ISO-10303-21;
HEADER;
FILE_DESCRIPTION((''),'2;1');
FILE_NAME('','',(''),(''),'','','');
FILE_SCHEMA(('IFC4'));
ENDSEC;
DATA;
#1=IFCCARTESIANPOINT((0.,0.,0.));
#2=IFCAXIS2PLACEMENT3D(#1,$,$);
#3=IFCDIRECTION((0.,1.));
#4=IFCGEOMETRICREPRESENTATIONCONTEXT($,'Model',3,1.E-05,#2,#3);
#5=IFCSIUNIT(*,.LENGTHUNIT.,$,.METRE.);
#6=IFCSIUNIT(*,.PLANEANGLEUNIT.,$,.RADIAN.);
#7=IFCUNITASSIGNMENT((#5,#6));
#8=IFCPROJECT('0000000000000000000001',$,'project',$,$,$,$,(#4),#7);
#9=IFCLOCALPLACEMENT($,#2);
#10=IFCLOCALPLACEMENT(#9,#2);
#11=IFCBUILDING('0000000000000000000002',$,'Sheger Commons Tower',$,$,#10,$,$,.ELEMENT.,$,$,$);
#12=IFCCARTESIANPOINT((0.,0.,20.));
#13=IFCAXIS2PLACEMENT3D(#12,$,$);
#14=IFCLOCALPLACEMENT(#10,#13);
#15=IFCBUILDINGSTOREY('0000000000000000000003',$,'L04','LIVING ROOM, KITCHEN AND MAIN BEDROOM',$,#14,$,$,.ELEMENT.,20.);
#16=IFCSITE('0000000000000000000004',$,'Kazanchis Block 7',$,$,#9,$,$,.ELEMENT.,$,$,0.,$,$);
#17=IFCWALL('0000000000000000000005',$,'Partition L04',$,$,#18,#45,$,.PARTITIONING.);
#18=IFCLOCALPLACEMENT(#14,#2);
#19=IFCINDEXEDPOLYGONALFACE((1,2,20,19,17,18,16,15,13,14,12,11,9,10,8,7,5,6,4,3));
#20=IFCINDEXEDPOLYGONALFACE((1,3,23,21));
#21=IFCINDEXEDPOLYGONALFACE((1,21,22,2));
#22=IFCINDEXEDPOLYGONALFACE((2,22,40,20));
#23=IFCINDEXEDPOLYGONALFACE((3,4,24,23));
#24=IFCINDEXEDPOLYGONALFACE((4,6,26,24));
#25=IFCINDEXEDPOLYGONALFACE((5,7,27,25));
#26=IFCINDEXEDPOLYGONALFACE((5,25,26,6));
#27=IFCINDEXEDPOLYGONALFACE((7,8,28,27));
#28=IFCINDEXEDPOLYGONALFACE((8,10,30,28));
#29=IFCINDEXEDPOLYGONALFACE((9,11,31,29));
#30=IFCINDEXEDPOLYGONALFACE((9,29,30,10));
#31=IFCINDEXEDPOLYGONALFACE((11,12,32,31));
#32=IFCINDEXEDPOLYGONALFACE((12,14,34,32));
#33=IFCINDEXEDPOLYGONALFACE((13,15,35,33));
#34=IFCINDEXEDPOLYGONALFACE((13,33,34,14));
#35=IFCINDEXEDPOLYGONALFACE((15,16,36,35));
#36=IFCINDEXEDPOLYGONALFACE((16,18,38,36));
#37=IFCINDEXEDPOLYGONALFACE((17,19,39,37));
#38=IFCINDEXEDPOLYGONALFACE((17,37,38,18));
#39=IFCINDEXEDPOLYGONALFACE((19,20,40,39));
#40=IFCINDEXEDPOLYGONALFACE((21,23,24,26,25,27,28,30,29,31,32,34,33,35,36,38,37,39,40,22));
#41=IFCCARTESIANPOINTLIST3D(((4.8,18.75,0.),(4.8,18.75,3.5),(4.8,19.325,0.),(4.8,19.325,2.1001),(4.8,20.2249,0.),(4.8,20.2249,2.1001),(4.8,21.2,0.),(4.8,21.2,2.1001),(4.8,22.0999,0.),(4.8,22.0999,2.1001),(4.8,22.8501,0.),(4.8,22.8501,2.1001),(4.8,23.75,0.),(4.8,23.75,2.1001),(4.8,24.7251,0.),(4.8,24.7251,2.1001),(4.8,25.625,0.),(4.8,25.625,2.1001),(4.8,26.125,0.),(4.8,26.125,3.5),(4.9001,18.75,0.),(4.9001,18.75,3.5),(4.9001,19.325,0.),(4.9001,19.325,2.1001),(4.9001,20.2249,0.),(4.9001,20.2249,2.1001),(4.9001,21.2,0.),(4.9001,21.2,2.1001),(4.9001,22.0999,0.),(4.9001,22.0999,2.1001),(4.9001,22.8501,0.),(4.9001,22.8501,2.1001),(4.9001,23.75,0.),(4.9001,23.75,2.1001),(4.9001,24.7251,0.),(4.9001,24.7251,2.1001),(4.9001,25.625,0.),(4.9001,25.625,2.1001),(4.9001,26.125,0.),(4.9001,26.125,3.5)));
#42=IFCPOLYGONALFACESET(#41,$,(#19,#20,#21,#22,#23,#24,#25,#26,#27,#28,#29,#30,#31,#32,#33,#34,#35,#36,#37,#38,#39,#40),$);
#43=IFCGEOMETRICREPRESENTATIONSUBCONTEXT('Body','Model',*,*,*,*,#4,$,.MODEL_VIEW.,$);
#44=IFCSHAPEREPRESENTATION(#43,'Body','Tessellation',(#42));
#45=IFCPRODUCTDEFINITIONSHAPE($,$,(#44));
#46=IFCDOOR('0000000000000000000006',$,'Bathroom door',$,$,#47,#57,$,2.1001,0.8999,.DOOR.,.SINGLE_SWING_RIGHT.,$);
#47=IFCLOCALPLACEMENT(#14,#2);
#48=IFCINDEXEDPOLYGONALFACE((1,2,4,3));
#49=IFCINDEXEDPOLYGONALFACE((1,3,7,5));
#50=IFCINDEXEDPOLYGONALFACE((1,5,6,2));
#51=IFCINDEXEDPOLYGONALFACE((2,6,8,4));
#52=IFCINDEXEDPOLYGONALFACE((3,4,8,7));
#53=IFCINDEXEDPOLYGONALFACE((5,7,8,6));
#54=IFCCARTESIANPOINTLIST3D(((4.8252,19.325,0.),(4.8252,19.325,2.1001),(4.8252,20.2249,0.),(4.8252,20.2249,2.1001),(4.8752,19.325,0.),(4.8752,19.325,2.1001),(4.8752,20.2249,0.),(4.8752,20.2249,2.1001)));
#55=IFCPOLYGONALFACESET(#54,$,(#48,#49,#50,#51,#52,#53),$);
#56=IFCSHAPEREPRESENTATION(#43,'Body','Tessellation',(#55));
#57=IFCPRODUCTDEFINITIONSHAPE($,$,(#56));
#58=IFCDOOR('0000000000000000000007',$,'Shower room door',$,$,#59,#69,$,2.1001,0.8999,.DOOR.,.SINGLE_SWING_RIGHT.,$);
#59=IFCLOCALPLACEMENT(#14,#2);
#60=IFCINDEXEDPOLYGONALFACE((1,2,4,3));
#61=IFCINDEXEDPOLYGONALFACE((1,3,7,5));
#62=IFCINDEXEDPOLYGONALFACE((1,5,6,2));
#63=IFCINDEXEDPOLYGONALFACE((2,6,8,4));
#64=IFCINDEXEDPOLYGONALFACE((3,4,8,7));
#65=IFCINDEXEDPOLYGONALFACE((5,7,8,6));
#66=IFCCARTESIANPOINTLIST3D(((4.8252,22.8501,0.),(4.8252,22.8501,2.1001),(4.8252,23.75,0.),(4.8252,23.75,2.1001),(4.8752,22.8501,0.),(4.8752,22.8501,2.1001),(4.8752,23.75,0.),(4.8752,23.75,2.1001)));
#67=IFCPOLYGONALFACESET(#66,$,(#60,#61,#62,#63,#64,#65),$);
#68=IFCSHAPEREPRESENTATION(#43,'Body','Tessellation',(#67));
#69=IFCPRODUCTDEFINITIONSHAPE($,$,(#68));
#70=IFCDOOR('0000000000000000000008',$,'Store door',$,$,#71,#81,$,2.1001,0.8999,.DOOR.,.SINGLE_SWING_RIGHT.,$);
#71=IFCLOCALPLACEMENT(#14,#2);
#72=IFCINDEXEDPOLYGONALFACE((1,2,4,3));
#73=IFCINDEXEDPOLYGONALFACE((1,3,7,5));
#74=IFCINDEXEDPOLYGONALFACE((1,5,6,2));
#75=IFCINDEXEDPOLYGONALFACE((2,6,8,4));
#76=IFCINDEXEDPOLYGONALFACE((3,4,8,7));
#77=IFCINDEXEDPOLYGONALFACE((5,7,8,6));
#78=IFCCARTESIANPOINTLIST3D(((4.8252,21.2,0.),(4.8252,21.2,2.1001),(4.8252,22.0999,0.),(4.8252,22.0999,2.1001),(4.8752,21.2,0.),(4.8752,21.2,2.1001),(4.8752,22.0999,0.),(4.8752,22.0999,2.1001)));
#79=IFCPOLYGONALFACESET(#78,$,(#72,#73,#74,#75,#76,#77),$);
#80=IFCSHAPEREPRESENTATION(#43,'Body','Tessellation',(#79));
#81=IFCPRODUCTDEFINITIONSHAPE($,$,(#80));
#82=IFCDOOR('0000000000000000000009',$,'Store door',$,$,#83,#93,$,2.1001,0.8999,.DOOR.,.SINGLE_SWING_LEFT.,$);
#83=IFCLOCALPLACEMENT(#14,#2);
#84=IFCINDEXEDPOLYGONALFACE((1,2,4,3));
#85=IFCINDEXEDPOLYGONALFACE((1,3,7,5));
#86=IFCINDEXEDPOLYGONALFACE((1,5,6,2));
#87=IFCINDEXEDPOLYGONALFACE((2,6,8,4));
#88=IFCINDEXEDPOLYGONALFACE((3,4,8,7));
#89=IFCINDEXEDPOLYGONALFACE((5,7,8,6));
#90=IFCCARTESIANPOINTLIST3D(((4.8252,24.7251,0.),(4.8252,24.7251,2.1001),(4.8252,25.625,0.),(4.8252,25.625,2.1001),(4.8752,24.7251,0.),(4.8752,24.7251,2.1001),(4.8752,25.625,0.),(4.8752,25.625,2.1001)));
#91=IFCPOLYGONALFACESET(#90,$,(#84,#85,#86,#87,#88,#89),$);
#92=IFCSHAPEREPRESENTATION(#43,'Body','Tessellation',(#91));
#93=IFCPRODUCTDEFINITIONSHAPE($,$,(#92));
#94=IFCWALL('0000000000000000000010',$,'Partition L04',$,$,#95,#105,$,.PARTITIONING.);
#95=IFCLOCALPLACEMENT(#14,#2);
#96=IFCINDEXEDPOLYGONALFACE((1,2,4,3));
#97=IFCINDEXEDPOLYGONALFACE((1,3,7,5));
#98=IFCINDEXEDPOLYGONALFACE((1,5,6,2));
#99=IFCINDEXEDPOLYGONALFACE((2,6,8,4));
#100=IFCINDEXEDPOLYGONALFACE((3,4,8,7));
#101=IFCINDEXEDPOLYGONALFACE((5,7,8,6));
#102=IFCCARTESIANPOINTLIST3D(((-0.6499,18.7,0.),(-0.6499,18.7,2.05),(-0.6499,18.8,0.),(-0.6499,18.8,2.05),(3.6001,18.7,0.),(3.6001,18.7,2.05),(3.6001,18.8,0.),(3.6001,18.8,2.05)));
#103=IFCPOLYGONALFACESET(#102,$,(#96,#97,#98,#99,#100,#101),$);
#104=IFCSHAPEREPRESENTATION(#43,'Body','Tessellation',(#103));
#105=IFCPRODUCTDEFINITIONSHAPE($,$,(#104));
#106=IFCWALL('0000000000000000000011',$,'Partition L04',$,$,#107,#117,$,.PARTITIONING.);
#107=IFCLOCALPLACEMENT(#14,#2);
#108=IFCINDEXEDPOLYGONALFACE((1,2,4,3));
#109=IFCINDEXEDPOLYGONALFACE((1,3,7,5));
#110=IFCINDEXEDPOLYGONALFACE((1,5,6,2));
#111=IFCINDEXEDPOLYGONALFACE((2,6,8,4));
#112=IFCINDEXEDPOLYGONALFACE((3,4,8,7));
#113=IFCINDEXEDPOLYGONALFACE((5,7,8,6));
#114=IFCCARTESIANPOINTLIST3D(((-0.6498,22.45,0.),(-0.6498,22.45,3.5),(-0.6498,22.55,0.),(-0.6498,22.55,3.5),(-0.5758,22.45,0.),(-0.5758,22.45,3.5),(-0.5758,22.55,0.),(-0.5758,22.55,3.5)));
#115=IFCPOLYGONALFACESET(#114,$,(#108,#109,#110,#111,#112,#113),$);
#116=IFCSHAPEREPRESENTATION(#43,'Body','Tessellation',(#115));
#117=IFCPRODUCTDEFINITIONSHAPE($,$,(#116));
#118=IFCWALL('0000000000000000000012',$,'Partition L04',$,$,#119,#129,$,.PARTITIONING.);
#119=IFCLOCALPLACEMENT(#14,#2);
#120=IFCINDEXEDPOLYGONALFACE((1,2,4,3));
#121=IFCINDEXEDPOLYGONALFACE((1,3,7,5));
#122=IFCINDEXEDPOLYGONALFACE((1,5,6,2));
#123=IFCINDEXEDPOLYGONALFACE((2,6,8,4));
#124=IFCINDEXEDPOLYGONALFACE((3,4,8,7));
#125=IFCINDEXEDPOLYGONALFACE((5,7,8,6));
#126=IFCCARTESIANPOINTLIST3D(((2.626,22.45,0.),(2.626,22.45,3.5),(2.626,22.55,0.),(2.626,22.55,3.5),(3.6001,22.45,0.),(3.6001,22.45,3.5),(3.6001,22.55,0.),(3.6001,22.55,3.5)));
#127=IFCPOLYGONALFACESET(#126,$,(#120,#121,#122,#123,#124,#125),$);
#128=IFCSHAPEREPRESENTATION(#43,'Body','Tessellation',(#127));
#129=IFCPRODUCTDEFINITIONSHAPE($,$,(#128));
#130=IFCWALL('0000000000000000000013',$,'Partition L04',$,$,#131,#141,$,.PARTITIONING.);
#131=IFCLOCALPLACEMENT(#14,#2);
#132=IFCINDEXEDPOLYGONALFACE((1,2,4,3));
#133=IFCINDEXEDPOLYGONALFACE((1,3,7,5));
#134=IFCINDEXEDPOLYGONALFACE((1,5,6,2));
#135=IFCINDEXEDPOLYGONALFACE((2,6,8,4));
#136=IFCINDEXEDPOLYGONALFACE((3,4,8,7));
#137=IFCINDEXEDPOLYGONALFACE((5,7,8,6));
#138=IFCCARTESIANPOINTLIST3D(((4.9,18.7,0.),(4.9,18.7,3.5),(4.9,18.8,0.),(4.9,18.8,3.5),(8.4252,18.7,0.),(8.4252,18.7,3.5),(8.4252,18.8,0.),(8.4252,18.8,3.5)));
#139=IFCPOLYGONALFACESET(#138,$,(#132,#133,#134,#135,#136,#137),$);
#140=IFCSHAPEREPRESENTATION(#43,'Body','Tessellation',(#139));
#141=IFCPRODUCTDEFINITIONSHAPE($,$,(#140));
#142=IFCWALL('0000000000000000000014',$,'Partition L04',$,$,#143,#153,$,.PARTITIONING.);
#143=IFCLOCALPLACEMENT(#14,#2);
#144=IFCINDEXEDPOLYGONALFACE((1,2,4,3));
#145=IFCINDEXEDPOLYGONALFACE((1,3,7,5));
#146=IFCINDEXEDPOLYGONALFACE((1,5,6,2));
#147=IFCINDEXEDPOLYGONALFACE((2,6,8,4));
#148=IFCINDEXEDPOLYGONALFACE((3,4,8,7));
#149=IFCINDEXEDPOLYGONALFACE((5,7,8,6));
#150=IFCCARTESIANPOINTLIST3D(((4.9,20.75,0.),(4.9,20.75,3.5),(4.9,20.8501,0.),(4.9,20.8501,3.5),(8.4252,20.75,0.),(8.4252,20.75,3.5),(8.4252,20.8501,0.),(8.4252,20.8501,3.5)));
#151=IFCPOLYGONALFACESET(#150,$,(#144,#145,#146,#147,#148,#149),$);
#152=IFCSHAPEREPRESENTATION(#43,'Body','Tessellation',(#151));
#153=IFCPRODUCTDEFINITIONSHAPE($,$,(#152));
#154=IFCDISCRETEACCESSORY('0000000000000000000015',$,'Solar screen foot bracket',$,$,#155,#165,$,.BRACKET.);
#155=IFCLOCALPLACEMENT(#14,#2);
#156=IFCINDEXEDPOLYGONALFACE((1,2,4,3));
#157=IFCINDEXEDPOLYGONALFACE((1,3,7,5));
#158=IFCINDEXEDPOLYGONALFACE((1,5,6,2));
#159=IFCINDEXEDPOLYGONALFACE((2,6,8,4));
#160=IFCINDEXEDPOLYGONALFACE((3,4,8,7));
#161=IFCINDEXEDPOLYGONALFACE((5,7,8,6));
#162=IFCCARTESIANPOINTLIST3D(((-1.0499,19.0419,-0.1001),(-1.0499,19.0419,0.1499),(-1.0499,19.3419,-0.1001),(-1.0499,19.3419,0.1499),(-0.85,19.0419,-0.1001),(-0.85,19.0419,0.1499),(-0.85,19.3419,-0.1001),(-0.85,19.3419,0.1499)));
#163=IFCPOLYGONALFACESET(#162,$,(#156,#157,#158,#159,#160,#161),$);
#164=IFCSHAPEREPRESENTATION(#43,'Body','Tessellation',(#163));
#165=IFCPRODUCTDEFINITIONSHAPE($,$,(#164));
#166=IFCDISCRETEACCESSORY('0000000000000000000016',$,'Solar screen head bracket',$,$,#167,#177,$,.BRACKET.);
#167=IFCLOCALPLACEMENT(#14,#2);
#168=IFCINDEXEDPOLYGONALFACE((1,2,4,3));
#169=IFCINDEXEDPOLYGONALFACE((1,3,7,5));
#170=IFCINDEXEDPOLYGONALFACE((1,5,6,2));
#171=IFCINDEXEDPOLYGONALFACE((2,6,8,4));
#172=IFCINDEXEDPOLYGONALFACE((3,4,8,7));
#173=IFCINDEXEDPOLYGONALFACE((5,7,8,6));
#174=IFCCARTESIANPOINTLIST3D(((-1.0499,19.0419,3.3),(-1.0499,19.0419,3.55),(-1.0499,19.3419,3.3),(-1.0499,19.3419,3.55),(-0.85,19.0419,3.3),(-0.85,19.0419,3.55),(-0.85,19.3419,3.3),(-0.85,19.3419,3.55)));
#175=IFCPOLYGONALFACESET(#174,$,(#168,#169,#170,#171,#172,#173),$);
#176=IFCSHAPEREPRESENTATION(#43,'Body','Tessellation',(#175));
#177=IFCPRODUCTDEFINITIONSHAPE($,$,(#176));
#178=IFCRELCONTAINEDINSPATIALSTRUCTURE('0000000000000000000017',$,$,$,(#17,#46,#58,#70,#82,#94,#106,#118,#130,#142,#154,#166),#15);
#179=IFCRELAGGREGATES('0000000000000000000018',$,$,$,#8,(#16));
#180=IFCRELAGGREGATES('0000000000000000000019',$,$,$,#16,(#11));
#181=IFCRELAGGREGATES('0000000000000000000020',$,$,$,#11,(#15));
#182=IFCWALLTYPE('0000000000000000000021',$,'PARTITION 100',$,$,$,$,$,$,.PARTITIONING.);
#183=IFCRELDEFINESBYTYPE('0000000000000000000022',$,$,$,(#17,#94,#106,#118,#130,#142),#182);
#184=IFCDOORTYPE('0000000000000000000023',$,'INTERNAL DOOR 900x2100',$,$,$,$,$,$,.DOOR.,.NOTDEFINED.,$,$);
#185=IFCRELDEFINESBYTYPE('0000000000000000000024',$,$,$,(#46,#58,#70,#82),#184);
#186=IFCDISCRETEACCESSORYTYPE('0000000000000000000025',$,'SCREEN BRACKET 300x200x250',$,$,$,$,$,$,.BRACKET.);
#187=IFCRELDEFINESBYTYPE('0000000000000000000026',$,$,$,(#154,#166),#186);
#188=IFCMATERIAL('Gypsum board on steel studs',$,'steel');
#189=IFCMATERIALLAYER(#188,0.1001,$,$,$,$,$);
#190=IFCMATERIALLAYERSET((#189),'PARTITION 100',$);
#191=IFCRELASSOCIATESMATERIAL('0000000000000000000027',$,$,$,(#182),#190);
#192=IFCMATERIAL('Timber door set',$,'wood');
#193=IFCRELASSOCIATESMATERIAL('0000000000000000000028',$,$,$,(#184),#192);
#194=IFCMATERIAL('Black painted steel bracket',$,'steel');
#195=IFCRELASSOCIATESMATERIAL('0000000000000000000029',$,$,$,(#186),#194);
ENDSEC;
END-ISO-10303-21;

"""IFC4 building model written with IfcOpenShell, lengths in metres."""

from ifc_helpers import new_model, si_unit, direction, frame, frame_2d, origin, origin_2d, place, context, subcontext, project, spatial, rectangle, extrude, material, layer, layer_set, type_object, element, fill, save


model = new_model("IFC4")

# Units and contexts
model_context = context("Model", 3, precision=1e-05, world=origin(), true_north=direction((0.0, 1.0)))
body_context = subcontext(model_context, "Body", "Model", "MODEL_VIEW")
ifc_project = project(units=[si_unit("LENGTHUNIT", "METRE"), si_unit("PLANEANGLEUNIT", "RADIAN")], contexts=[model_context])

# Site, building, storey
site_placement = place(None, origin())
site = spatial("IfcSite", under=ifc_project, at=site_placement, Name="Kazanchis Block 7", CompositionType="ELEMENT", RefElevation=0.0)
building_placement = place(site_placement, origin())
building = spatial("IfcBuilding", under=site, at=building_placement, Name="Sheger Commons Tower", CompositionType="ELEMENT")
storey_placement = place(building_placement, frame((0.0, 0.0, 20.0)))
storey = spatial("IfcBuildingStorey", under=building, at=storey_placement, Name="L04", Description="LIVING ROOM, KITCHEN AND MAIN BEDROOM", CompositionType="ELEMENT", Elevation=20.0)

# Wall, openings, doors
ifc_material_1 = material(Name="Gypsum board on steel studs", Category="steel")
ifc_layer_1 = layer(ifc_material_1, 0.1001)
ifc_layer_set_1 = layer_set([ifc_layer_1], Name="PARTITION 100")
wall_type = type_object("IfcWallType", Name="PARTITION 100", PredefinedType="PARTITIONING", material=ifc_layer_set_1)
ifc_material_2 = material(Name="Timber door set", Category="wood")
door_type = type_object("IfcDoorType", Name="INTERNAL DOOR 900x2100", OperationType="NOTDEFINED", PredefinedType="DOOR", material=ifc_material_2)
wall_1_placement = place(storey_placement, frame((4.8501, 18.75, 0.0), z_axis=(0.0, 0.0, 1.0), x_axis=(0.0, 1.0, 0.0)))
wall_1 = element("IfcWall", 1, at=wall_1_placement, inside=storey, type_object=wall_type, Name="Partition L04", PredefinedType="PARTITIONING", context=body_context, shape_type="SweptSolid", body=[
    extrude(rectangle(XDim=7.375, YDim=0.1001, at=frame_2d((3.6875, 0.0))), origin(), (0.0, 0.0, 1.0), 3.5),
])
opening_1_placement = place(wall_1_placement, frame((0.575, 0.0, 0.0)))
opening_1 = element("IfcOpeningElement", 2, at=opening_1_placement, cuts=wall_1, PredefinedType="OPENING", context=body_context, shape_type="SweptSolid", body=[
    extrude(rectangle(XDim=0.8999, YDim=2.1001, at=frame_2d((0.45, 1.05))), frame((0.0, 0.0601, 0.0), z_axis=(0.0, -1.0, 0.0), x_axis=(1.0, 0.0, 0.0)), (0.0, 0.0, 1.0), 0.1201),
])
opening_2_placement = place(wall_1_placement, frame((4.1001, 0.0, 0.0)))
opening_2 = element("IfcOpeningElement", 3, at=opening_2_placement, cuts=wall_1, PredefinedType="OPENING", context=body_context, shape_type="SweptSolid", body=[
    extrude(rectangle(XDim=0.8999, YDim=2.1001, at=frame_2d((0.45, 1.05))), frame((0.0, 0.0601, 0.0), z_axis=(0.0, -1.0, 0.0), x_axis=(1.0, 0.0, 0.0)), (0.0, 0.0, 1.0), 0.1201),
])
opening_3_placement = place(wall_1_placement, frame((2.45, 0.0, 0.0)))
opening_3 = element("IfcOpeningElement", 4, at=opening_3_placement, cuts=wall_1, PredefinedType="OPENING", context=body_context, shape_type="SweptSolid", body=[
    extrude(rectangle(XDim=0.8999, YDim=2.1001, at=frame_2d((0.45, 1.05))), frame((0.0, 0.0601, 0.0), z_axis=(0.0, -1.0, 0.0), x_axis=(1.0, 0.0, 0.0)), (0.0, 0.0, 1.0), 0.1201),
])
opening_4_placement = place(wall_1_placement, frame((5.9751, 0.0, 0.0)))
opening_4 = element("IfcOpeningElement", 5, at=opening_4_placement, cuts=wall_1, PredefinedType="OPENING", context=body_context, shape_type="SweptSolid", body=[
    extrude(rectangle(XDim=0.8999, YDim=2.1001, at=frame_2d((0.45, 1.05))), frame((0.0, 0.0601, 0.0), z_axis=(0.0, -1.0, 0.0), x_axis=(1.0, 0.0, 0.0)), (0.0, 0.0, 1.0), 0.1201),
])
door_1_placement = place(opening_1_placement, origin())
door_1 = element("IfcDoor", 6, at=door_1_placement, inside=storey, type_object=door_type, Name="Bathroom door", OperationType="SINGLE_SWING_RIGHT", OverallHeight=2.1001, OverallWidth=0.8999, PredefinedType="DOOR", context=body_context, shape_type="SweptSolid", body=[
    extrude(rectangle(XDim=0.8999, YDim=2.1001, at=frame_2d((0.45, 1.05))), frame((0.0, 0.0249, 0.0), z_axis=(0.0, -1.0, 0.0), x_axis=(1.0, 0.0, 0.0)), (0.0, 0.0, 1.0), 0.05),
])
fill(opening_1, door_1)
door_2_placement = place(opening_2_placement, origin())
door_2 = element("IfcDoor", 7, at=door_2_placement, inside=storey, type_object=door_type, Name="Shower room door", OperationType="SINGLE_SWING_RIGHT", OverallHeight=2.1001, OverallWidth=0.8999, PredefinedType="DOOR", context=body_context, shape_type="SweptSolid", body=[
    extrude(rectangle(XDim=0.8999, YDim=2.1001, at=frame_2d((0.45, 1.05))), frame((0.0, 0.0249, 0.0), z_axis=(0.0, -1.0, 0.0), x_axis=(1.0, 0.0, 0.0)), (0.0, 0.0, 1.0), 0.05),
])
fill(opening_2, door_2)
door_3_placement = place(opening_3_placement, origin())
door_3 = element("IfcDoor", 8, at=door_3_placement, inside=storey, type_object=door_type, Name="Store door", OperationType="SINGLE_SWING_RIGHT", OverallHeight=2.1001, OverallWidth=0.8999, PredefinedType="DOOR", context=body_context, shape_type="SweptSolid", body=[
    extrude(rectangle(XDim=0.8999, YDim=2.1001, at=frame_2d((0.45, 1.05))), frame((0.0, 0.0249, 0.0), z_axis=(0.0, -1.0, 0.0), x_axis=(1.0, 0.0, 0.0)), (0.0, 0.0, 1.0), 0.05),
])
fill(opening_3, door_3)
door_4_placement = place(opening_4_placement, origin())
door_4 = element("IfcDoor", 9, at=door_4_placement, inside=storey, type_object=door_type, Name="Store door", OperationType="SINGLE_SWING_LEFT", OverallHeight=2.1001, OverallWidth=0.8999, PredefinedType="DOOR", context=body_context, shape_type="SweptSolid", body=[
    extrude(rectangle(XDim=0.8999, YDim=2.1001, at=frame_2d((0.45, 1.05))), frame((0.0, 0.0249, 0.0), z_axis=(0.0, -1.0, 0.0), x_axis=(1.0, 0.0, 0.0)), (0.0, 0.0, 1.0), 0.05),
])
fill(opening_4, door_4)

# Walls
wall_2_placement = place(storey_placement, frame((-0.6499, 18.75, 0.0), z_axis=(0.0, 0.0, 1.0), x_axis=(1.0, 0.0, 0.0)))
element("IfcWall", 10, at=wall_2_placement, inside=storey, type_object=wall_type, Name="Partition L04", PredefinedType="PARTITIONING", context=body_context, shape_type="SweptSolid", body=[
    extrude(rectangle(XDim=4.25, YDim=0.1001, at=frame_2d((2.125, 0.0))), origin(), (0.0, 0.0, 1.0), 2.05),
])
wall_3_placement = place(storey_placement, frame((-0.6499, 22.5, 0.0), z_axis=(0.0, 0.0, 1.0), x_axis=(1.0, 0.0, 0.0)))
element("IfcWall", 11, at=wall_3_placement, inside=storey, type_object=wall_type, Name="Partition L04", PredefinedType="PARTITIONING", context=body_context, shape_type="SweptSolid", body=[
    extrude(rectangle(XDim=0.074, YDim=0.1001, at=frame_2d((0.0371, 0.0))), origin(), (0.0, 0.0, 1.0), 3.5),
])
wall_4_placement = place(storey_placement, frame((2.626, 22.5, 0.0), z_axis=(0.0, 0.0, 1.0), x_axis=(1.0, 0.0, 0.0)))
element("IfcWall", 12, at=wall_4_placement, inside=storey, type_object=wall_type, Name="Partition L04", PredefinedType="PARTITIONING", context=body_context, shape_type="SweptSolid", body=[
    extrude(rectangle(XDim=0.9741, YDim=0.1001, at=frame_2d((0.4871, 0.0))), origin(), (0.0, 0.0, 1.0), 3.5),
])
for number, where, z_axis, x_axis, name in (
    (13, (4.8999, 18.75, 0.0), (0.0, 0.0, 1.0), (1.0, 0.0, 0.0), "Partition L04"),
    (14, (4.8999, 20.8, 0.0), (0.0, 0.0, 1.0), (1.0, 0.0, 0.0), "Partition L04"),
):
    element("IfcWall", number, at=place(storey_placement, frame(where, z_axis=z_axis, x_axis=x_axis)), inside=storey, type_object=wall_type, Name=name, PredefinedType="PARTITIONING", context=body_context, shape_type="SweptSolid", body=[
        extrude(rectangle(XDim=3.5251, YDim=0.1001, at=frame_2d((1.7627, 0.0))), origin(), (0.0, 0.0, 1.0), 3.5),
    ])

# Discrete accessories
ifc_material_3 = material(Name="Black painted steel bracket", Category="steel")
discrete_accessory_type = type_object("IfcDiscreteAccessoryType", Name="SCREEN BRACKET 300x200x250", PredefinedType="BRACKET", material=ifc_material_3)
for number, where, z_axis, x_axis, name in (
    (15, (-0.95, 19.1919, -0.1001), (0.0, 0.0, 1.0), (0.0, -1.0, 0.0), "Solar screen foot bracket"),
    (16, (-0.95, 19.1919, 3.3), (0.0, 0.0, 1.0), (0.0, -1.0, 0.0), "Solar screen head bracket"),
):
    element("IfcDiscreteAccessory", number, at=place(storey_placement, frame(where, z_axis=z_axis, x_axis=x_axis)), inside=storey, type_object=discrete_accessory_type, Name=name, PredefinedType="BRACKET", context=body_context, shape_type="SweptSolid", body=[
        extrude(rectangle(XDim=0.3, YDim=0.2, at=origin_2d()), origin(), (0.0, 0.0, 1.0), 0.25),
    ])

save(model, "model.ifc")
